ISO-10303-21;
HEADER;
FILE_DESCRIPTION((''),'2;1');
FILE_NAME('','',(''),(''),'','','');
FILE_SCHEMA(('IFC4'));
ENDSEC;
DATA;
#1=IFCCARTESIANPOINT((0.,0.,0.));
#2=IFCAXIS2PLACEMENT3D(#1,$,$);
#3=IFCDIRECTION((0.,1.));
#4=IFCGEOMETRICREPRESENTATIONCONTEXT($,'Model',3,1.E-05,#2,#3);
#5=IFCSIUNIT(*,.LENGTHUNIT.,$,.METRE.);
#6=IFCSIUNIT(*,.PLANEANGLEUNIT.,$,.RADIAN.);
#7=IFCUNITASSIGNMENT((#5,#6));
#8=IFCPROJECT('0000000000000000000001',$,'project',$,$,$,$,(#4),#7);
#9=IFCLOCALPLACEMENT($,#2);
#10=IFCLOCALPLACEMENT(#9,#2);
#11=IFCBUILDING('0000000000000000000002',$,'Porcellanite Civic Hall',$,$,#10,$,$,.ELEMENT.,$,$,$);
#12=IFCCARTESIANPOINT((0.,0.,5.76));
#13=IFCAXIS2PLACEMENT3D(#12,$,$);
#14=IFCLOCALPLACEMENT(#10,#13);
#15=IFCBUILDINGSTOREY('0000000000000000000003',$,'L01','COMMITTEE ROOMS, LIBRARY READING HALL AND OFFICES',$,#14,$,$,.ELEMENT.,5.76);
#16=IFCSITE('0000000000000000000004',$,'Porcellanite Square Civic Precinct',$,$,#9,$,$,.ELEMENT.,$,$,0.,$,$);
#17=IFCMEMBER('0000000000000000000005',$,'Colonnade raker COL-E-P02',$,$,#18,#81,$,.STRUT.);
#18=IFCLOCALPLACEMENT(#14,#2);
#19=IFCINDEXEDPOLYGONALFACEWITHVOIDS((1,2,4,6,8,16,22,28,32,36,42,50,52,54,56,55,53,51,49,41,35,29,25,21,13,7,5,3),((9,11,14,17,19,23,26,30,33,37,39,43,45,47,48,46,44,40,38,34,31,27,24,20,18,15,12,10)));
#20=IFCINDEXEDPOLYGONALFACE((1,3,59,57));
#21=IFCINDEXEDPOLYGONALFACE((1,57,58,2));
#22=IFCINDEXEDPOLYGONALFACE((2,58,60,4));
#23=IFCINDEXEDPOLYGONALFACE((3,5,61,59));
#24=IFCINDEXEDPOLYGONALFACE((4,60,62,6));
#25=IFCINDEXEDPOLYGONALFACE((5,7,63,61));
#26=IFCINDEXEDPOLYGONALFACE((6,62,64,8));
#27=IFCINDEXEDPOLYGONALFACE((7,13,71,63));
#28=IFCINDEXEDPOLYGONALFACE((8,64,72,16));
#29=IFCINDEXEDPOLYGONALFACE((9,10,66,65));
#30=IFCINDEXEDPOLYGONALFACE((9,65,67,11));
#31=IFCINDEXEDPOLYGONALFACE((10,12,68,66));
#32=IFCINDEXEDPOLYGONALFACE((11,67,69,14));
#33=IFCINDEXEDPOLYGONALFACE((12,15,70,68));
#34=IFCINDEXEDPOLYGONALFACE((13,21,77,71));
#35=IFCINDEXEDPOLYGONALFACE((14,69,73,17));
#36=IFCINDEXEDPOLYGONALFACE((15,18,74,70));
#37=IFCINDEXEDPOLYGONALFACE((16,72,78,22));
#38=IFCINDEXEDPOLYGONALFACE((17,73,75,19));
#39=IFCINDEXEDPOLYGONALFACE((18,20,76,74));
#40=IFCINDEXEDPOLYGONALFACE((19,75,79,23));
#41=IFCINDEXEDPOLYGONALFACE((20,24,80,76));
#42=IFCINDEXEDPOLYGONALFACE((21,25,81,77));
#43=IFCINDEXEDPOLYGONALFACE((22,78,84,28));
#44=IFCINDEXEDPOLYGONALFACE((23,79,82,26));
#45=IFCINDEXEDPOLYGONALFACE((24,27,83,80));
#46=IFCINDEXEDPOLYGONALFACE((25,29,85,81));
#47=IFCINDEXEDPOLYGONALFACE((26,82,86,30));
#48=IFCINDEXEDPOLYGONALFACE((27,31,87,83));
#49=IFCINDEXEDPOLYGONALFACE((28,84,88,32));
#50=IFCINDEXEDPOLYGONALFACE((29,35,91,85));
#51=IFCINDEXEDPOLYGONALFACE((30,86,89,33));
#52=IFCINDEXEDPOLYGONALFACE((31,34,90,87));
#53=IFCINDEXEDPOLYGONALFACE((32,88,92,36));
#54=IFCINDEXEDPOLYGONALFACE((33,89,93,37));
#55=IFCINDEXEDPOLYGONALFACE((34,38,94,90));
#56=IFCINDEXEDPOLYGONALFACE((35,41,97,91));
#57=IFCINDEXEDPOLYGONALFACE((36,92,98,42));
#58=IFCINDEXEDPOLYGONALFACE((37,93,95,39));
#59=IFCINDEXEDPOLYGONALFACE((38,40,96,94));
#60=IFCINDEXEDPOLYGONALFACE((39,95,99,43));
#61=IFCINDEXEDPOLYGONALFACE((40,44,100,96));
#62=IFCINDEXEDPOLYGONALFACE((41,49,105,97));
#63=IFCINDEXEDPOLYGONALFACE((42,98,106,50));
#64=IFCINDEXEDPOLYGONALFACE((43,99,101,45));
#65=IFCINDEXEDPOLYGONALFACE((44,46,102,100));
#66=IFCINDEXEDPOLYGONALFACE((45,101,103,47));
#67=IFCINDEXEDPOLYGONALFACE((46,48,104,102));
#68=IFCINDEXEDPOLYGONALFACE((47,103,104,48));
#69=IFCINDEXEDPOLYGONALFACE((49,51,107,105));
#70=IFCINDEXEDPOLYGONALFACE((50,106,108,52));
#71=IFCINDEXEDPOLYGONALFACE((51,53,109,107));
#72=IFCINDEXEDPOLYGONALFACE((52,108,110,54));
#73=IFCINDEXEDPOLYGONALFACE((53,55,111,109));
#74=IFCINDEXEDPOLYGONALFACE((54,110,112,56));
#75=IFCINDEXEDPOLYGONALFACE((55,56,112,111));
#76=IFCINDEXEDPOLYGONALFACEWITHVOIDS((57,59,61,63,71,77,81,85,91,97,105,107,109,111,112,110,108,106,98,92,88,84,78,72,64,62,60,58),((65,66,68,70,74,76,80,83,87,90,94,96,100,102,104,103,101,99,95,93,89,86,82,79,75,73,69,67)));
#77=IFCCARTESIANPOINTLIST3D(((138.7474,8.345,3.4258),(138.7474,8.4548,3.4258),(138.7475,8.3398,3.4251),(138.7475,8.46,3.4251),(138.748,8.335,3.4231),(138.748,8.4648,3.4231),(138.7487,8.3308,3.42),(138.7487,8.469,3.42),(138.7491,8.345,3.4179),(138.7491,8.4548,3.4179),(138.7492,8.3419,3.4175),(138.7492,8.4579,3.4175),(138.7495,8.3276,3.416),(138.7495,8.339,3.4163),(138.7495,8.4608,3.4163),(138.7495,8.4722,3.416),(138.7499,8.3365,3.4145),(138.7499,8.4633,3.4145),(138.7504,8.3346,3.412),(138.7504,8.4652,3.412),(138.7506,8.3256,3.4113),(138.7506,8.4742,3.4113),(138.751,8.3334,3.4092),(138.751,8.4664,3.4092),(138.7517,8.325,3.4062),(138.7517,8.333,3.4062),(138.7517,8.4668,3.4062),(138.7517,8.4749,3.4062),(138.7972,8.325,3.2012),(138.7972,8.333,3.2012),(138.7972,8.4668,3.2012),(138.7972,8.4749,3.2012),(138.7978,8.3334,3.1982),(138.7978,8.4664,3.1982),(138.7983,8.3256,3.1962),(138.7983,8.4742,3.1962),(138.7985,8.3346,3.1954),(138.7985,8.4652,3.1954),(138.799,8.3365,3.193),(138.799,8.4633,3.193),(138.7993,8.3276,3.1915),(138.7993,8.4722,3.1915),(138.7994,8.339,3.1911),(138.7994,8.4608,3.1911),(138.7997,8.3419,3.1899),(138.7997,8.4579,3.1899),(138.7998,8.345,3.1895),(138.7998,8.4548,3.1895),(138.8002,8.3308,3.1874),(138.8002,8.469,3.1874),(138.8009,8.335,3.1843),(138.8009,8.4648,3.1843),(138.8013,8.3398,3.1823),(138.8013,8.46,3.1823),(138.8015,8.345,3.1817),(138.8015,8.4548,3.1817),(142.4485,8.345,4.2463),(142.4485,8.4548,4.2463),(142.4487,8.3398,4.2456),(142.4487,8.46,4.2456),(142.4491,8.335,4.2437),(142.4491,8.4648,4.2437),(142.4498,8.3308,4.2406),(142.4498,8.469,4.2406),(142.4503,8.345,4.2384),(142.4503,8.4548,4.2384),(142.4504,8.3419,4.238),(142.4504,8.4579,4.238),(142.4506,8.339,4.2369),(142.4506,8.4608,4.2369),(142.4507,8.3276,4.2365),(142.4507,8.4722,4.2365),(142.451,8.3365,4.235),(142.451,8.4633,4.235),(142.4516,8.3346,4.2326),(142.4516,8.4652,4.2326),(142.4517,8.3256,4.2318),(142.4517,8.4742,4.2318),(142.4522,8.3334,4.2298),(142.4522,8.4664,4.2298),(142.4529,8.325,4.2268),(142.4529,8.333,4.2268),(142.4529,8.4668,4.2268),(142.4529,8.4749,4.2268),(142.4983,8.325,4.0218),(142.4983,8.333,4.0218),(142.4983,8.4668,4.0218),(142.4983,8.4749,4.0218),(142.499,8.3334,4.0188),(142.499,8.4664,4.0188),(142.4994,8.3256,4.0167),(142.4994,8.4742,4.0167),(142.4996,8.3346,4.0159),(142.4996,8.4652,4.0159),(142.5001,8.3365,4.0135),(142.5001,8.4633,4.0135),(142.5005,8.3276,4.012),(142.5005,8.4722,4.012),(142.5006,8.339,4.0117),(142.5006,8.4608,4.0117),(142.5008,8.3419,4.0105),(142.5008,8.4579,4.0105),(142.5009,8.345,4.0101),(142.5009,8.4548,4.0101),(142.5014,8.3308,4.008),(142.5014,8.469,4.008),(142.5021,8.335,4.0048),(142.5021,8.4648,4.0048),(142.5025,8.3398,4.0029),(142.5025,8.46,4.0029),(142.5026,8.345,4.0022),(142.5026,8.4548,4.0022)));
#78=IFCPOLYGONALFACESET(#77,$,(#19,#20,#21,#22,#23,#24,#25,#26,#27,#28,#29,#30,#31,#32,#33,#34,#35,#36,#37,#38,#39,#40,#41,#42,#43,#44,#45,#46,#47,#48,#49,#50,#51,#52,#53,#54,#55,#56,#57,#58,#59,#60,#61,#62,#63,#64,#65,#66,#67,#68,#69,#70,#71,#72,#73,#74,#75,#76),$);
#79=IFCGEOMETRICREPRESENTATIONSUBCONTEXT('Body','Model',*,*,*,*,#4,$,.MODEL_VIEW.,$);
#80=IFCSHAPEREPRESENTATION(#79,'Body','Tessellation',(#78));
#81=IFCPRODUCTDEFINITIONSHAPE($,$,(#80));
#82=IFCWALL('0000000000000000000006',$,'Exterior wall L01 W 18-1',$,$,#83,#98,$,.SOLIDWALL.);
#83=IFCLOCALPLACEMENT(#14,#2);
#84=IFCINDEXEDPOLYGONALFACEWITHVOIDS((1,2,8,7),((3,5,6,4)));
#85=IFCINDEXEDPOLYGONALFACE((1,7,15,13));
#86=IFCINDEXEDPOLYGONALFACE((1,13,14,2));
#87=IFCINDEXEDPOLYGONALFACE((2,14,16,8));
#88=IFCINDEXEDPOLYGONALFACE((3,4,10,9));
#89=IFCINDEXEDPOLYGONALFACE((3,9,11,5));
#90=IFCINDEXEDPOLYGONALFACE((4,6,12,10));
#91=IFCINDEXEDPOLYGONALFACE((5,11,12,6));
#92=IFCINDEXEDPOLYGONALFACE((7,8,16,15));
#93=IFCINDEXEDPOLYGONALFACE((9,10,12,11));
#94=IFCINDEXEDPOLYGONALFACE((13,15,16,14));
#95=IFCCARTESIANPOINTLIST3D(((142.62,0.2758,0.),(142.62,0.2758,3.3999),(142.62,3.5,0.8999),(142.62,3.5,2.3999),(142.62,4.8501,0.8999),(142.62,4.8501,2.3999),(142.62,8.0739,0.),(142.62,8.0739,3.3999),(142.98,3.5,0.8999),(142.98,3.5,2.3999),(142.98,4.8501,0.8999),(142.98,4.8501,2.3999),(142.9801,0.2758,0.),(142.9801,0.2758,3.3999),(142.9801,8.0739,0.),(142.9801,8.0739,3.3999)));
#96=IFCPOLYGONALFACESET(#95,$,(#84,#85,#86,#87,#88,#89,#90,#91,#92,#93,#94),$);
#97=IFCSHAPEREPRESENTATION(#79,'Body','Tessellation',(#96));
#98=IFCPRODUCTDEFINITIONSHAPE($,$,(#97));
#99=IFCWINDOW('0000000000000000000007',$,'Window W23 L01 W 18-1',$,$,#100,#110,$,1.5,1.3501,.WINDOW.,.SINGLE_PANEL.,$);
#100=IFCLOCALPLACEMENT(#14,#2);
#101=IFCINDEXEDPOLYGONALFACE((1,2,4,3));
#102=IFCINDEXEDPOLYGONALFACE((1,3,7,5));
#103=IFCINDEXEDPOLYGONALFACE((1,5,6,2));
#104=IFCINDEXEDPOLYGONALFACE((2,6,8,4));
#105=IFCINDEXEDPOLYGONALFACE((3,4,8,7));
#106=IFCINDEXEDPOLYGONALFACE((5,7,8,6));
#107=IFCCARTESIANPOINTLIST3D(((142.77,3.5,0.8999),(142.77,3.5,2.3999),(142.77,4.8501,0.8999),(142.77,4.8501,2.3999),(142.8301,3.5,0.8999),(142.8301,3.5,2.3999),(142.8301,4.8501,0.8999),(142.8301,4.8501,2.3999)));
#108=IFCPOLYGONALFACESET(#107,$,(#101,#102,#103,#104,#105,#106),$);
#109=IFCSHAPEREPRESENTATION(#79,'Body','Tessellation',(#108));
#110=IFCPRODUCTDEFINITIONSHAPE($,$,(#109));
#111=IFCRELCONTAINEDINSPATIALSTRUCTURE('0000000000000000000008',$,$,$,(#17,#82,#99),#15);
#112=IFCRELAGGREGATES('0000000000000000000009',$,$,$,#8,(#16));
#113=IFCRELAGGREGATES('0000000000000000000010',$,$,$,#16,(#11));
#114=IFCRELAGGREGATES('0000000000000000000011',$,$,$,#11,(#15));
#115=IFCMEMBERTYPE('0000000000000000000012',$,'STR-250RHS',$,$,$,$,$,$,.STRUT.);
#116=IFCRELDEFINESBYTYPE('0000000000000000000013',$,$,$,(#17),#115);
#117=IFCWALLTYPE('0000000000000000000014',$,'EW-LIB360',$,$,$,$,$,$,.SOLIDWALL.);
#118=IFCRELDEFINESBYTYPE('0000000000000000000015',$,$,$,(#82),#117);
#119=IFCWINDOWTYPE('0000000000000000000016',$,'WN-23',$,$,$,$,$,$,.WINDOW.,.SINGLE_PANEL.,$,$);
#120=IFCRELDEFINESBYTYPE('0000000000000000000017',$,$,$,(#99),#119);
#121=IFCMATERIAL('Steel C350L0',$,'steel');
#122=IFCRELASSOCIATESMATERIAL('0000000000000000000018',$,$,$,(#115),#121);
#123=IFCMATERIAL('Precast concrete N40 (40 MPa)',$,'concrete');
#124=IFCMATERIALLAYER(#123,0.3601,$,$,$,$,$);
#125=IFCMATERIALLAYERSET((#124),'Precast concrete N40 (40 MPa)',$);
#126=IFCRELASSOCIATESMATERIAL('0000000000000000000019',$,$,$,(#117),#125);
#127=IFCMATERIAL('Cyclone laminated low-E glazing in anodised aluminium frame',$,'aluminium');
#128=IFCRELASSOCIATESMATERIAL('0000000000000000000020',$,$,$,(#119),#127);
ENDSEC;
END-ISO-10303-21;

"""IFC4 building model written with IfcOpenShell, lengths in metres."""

from ifc_helpers import new_model, si_unit, direction, frame, frame_2d, origin, origin_2d, place, context, subcontext, project, spatial, rectangle, hollow_rectangle, extrude, material, layer, layer_set, material_profile, profile_set, type_object, element, fill, save


model = new_model("IFC4")

# Units and contexts
model_context = context("Model", 3, precision=1e-05, world=origin(), true_north=direction((0.0, 1.0)))
body_context = subcontext(model_context, "Body", "Model", "MODEL_VIEW")
ifc_project = project(units=[si_unit("LENGTHUNIT", "METRE"), si_unit("PLANEANGLEUNIT", "RADIAN")], contexts=[model_context])

# Site, building, storey
site_placement = place(None, origin())
site = spatial("IfcSite", under=ifc_project, at=site_placement, Name="Porcellanite Square Civic Precinct", CompositionType="ELEMENT", RefElevation=0.0)
building_placement = place(site_placement, origin())
building = spatial("IfcBuilding", under=site, at=building_placement, Name="Porcellanite Civic Hall", CompositionType="ELEMENT")
storey_placement = place(building_placement, frame((0.0, 0.0, 5.76)))
storey = spatial("IfcBuildingStorey", under=building, at=storey_placement, Name="L01", Description="COMMITTEE ROOMS, LIBRARY READING HALL AND OFFICES", CompositionType="ELEMENT", Elevation=5.76)

# Member
ifc_material_1 = material(Name="Steel C350L0", Category="steel")
ifc_material_profile_1 = material_profile(ifc_material_1, hollow_rectangle(XDim=0.1499, YDim=0.25, WallThickness=0.0081, InnerFilletRadius=0.012, OuterFilletRadius=0.02, at=origin_2d()), Name="250x150x8.0RHS")
ifc_profile_set_1 = profile_set([ifc_material_profile_1], Name="Steel C350L0")
member_type_1 = type_object("IfcMemberType", Name="STR-250RHS", PredefinedType="STRUT", material=ifc_profile_set_1)
member_1_placement = place(storey_placement, frame((142.4756, 8.3999, 4.1243), z_axis=(-0.976295, 0.0, -0.216446), x_axis=(0.0, -1.0, 0.0)))
element("IfcMember", 1, at=member_1_placement, inside=storey, type_object=member_type_1, Name="Colonnade raker COL-E-P02", PredefinedType="STRUT", context=body_context, shape_type="SweptSolid", body=[
    extrude(hollow_rectangle(XDim=0.1499, YDim=0.25, WallThickness=0.0081, InnerFilletRadius=0.012, OuterFilletRadius=0.02, at=origin_2d()), origin(), (0.0, 0.0, 1.0), 3.791),
])

# Wall, opening, window
ifc_material_2 = material(Name="Precast concrete N40 (40 MPa)", Category="concrete")
ifc_layer_1 = layer(ifc_material_2, 0.3601)
ifc_layer_set_1 = layer_set([ifc_layer_1], Name="Precast concrete N40 (40 MPa)")
wall_type = type_object("IfcWallType", Name="EW-LIB360", PredefinedType="SOLIDWALL", material=ifc_layer_set_1)
wall_placement = place(storey_placement, frame((142.8, 0.2759, 0.0), z_axis=(0.0, 0.0, 1.0), x_axis=(0.0, 1.0, 0.0)))
wall = element("IfcWall", 2, at=wall_placement, inside=storey, type_object=wall_type, Name="Exterior wall L01 W 18-1", PredefinedType="SOLIDWALL", context=body_context, shape_type="SweptSolid", body=[
    extrude(rectangle(XDim=7.7981, YDim=0.3601, at=frame_2d((3.8989, 0.0))), origin(), (0.0, 0.0, 1.0), 3.3999),
])
opening_placement = place(wall_placement, frame((3.2241, 0.0, 0.8999)))
opening = element("IfcOpeningElement", 3, at=opening_placement, cuts=wall, PredefinedType="OPENING", context=body_context, shape_type="SweptSolid", body=[
    extrude(rectangle(XDim=1.3501, YDim=1.5, at=frame_2d((0.675, 0.75))), frame((0.0, 0.1802, 0.0), z_axis=(0.0, -1.0, 0.0), x_axis=(1.0, 0.0, 0.0)), (0.0, 0.0, 1.0), 0.3601),
])
ifc_material_3 = material(Name="Cyclone laminated low-E glazing in anodised aluminium frame", Category="aluminium")
window_type = type_object("IfcWindowType", Name="WN-23", PartitioningType="SINGLE_PANEL", PredefinedType="WINDOW", material=ifc_material_3)
window_placement = place(opening_placement, origin())
window = element("IfcWindow", 4, at=window_placement, inside=storey, type_object=window_type, Name="Window W23 L01 W 18-1", OverallHeight=1.5, OverallWidth=1.3501, PartitioningType="SINGLE_PANEL", PredefinedType="WINDOW", context=body_context, shape_type="SweptSolid", body=[
    extrude(rectangle(XDim=1.3501, YDim=1.5, at=frame_2d((0.675, 0.75))), frame((0.0, 0.03, 0.0), z_axis=(0.0, -1.0, 0.0), x_axis=(1.0, 0.0, 0.0)), (0.0, 0.0, 1.0), 0.0601),
])
fill(opening, window)

save(model, "model.ifc")
